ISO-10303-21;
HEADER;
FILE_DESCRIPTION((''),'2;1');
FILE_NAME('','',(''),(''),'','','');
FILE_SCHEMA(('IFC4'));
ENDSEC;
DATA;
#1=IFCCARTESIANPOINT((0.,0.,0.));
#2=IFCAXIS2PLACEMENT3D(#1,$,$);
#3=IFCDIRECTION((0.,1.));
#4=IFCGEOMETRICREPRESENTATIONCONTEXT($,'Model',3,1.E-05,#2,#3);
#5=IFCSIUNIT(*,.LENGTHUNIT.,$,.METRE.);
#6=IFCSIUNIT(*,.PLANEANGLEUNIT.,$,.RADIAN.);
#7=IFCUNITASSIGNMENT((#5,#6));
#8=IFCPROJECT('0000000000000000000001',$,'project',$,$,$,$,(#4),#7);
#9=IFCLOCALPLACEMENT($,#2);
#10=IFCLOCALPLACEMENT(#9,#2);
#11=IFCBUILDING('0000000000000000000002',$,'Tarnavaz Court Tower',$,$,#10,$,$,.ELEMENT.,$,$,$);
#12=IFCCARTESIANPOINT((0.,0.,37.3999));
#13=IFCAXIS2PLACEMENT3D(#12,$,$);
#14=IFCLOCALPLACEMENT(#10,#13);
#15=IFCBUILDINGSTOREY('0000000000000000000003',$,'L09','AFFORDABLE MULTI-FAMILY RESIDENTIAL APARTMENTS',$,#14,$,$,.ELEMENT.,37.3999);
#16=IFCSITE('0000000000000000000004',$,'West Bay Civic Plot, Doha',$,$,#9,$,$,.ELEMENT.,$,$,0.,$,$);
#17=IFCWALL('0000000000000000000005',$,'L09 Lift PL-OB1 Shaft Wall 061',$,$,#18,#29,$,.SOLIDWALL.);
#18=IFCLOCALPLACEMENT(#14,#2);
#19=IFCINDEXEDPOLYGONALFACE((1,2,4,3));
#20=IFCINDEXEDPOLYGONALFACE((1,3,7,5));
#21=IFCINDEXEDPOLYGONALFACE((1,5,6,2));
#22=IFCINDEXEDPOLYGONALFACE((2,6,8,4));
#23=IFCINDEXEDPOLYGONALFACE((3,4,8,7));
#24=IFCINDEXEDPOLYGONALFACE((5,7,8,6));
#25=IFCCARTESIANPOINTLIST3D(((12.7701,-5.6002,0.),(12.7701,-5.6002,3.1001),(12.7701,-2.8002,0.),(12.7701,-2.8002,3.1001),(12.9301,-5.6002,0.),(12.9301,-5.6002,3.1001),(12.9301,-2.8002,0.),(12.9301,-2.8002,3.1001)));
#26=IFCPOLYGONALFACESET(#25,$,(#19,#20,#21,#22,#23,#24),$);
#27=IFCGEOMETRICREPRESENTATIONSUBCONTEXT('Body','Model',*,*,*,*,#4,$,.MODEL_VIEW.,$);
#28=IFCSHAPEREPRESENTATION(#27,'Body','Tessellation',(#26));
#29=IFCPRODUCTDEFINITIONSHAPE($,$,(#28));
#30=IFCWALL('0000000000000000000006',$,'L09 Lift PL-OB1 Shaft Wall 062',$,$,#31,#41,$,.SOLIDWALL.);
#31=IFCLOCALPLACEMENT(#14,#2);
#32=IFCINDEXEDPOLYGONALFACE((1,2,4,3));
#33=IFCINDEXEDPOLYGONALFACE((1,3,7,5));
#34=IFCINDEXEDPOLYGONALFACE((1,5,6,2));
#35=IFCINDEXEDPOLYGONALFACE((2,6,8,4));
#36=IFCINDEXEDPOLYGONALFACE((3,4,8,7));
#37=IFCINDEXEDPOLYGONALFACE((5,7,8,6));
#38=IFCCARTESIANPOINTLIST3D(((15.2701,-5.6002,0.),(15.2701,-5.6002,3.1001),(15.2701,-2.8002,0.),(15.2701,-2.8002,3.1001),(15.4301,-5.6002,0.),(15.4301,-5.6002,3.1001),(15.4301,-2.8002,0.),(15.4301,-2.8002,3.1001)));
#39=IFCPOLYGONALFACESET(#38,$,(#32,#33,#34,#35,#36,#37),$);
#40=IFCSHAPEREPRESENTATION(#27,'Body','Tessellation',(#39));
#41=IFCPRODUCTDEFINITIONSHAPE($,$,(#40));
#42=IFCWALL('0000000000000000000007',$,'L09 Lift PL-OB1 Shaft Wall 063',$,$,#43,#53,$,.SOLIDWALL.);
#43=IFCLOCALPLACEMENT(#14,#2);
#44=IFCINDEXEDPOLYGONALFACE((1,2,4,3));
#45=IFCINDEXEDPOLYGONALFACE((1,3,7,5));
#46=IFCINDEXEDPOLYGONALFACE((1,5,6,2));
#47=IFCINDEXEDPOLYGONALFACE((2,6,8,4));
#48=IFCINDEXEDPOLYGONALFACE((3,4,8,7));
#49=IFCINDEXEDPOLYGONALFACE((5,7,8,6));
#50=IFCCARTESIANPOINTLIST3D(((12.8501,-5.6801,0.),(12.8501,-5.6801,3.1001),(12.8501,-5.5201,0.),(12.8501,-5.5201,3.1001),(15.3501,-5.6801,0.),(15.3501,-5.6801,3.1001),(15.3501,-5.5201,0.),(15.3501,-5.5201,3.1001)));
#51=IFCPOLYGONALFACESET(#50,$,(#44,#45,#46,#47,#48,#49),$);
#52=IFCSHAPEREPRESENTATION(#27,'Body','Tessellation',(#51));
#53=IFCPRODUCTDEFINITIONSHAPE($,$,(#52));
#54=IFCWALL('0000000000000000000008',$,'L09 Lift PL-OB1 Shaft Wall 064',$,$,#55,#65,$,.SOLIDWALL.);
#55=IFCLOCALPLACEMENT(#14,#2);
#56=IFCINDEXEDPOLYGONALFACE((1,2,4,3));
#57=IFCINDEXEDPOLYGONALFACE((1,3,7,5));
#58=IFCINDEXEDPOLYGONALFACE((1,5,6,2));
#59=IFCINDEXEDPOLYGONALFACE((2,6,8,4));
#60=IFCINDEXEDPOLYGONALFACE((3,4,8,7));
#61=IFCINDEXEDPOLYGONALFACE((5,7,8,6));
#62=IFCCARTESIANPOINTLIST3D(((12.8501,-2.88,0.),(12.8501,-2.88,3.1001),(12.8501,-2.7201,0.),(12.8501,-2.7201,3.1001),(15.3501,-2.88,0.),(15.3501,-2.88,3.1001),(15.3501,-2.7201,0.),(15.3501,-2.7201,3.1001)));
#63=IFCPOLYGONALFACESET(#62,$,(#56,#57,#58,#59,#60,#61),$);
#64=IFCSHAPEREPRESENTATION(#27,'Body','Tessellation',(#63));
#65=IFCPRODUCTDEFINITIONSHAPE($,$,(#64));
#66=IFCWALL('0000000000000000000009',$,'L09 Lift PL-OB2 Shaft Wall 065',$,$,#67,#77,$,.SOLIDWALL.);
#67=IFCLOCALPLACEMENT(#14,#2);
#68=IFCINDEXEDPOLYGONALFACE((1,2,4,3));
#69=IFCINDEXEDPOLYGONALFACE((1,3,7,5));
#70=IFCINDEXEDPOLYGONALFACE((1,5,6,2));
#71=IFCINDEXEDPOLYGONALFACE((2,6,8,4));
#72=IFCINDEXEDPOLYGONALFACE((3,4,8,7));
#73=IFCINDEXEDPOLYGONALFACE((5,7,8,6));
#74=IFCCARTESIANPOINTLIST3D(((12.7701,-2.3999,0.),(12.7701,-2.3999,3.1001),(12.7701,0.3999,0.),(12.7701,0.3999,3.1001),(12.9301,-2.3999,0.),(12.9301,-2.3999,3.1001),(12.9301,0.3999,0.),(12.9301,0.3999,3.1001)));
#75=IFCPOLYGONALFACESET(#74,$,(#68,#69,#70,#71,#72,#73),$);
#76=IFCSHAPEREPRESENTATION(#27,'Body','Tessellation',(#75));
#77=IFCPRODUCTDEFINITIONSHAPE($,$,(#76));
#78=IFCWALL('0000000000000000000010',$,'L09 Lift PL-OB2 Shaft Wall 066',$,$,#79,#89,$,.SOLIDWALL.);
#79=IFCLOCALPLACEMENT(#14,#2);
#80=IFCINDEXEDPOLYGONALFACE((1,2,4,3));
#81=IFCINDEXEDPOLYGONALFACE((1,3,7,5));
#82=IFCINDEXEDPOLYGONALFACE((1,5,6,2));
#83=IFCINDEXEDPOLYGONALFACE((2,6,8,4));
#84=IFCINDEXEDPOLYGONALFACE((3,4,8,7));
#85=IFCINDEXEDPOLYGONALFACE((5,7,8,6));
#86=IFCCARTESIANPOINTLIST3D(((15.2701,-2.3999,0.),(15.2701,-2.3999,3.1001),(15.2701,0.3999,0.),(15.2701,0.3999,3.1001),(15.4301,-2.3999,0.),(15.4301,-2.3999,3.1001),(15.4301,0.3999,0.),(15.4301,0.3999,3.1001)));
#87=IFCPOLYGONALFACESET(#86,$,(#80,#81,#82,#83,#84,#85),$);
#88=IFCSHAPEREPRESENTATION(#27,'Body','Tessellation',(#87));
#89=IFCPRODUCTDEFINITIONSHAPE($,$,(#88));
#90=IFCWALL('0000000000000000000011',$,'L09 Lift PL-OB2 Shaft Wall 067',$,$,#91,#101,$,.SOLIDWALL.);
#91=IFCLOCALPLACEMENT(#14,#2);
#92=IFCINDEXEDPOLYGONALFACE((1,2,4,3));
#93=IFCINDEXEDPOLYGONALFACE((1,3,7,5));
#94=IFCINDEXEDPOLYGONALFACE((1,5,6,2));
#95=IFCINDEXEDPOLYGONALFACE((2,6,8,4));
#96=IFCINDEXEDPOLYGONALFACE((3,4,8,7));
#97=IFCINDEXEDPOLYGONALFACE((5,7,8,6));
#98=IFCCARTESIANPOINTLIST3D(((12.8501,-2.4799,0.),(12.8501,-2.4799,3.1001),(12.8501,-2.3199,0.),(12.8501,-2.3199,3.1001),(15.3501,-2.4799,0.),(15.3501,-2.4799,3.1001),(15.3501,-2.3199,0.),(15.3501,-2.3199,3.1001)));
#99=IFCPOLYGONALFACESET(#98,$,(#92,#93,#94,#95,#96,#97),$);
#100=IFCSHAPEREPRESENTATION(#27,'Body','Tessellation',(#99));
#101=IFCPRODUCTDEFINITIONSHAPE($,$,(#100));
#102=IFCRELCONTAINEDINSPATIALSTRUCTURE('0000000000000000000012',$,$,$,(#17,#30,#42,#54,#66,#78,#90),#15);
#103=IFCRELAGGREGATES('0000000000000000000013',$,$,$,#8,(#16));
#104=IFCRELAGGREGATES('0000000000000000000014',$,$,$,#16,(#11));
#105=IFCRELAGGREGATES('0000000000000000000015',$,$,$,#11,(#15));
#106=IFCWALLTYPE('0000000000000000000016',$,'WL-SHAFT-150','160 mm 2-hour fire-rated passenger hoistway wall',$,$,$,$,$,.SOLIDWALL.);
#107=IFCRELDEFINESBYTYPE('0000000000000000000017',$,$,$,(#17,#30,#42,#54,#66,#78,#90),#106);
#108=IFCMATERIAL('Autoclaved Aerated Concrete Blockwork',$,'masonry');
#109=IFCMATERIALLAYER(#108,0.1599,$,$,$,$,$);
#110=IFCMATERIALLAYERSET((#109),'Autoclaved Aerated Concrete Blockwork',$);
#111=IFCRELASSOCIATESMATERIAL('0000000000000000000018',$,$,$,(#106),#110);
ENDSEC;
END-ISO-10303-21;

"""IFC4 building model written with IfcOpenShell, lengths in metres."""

from ifc_helpers import new_model, si_unit, direction, frame, frame_2d, origin, place, context, subcontext, project, spatial, rectangle, extrude, material, layer, layer_set, type_object, element, save


model = new_model("IFC4")

# Units and contexts
model_context = context("Model", 3, precision=1e-05, world=origin(), true_north=direction((0.0, 1.0)))
body_context = subcontext(model_context, "Body", "Model", "MODEL_VIEW")
ifc_project = project(units=[si_unit("LENGTHUNIT", "METRE"), si_unit("PLANEANGLEUNIT", "RADIAN")], contexts=[model_context])

# Site, building, storey
site_placement = place(None, origin())
site = spatial("IfcSite", under=ifc_project, at=site_placement, Name="West Bay Civic Plot, Doha", CompositionType="ELEMENT", RefElevation=0.0)
building_placement = place(site_placement, origin())
building = spatial("IfcBuilding", under=site, at=building_placement, Name="Tarnavaz Court Tower", CompositionType="ELEMENT")
storey_placement = place(building_placement, frame((0.0, 0.0, 37.3999)))
storey = spatial("IfcBuildingStorey", under=building, at=storey_placement, Name="L09", Description="AFFORDABLE MULTI-FAMILY RESIDENTIAL APARTMENTS", CompositionType="ELEMENT", Elevation=37.3999)

# Walls
ifc_material_1 = material(Name="Autoclaved Aerated Concrete Blockwork", Category="masonry")
ifc_layer_1 = layer(ifc_material_1, 0.1599)
ifc_layer_set_1 = layer_set([ifc_layer_1], Name="Autoclaved Aerated Concrete Blockwork")
wall_type_1 = type_object("IfcWallType", Name="WL-SHAFT-150", Description="160 mm 2-hour fire-rated passenger hoistway wall", PredefinedType="SOLIDWALL", material=ifc_layer_set_1)
for number, where, z_axis, x_axis, name in (
    (1, (12.8501, -5.6001, 0.0), (0.0, 0.0, 1.0), (0.0, 1.0, 0.0), "L09 Lift PL-OB1 Shaft Wall 061"),
    (2, (15.3501, -5.6001, 0.0), (0.0, 0.0, 1.0), (0.0, 1.0, 0.0), "L09 Lift PL-OB1 Shaft Wall 062"),
):
    element("IfcWall", number, at=place(storey_placement, frame(where, z_axis=z_axis, x_axis=x_axis)), inside=storey, type_object=wall_type_1, Name=name, PredefinedType="SOLIDWALL", context=body_context, shape_type="SweptSolid", body=[
        extrude(rectangle(XDim=2.8, YDim=0.1599, at=frame_2d((1.3999, 0.0))), origin(), (0.0, 0.0, 1.0), 3.1001),
    ])
for number, where, z_axis, x_axis, name in (
    (3, (12.8501, -5.6001, 0.0), (0.0, 0.0, 1.0), (1.0, 0.0, 0.0), "L09 Lift PL-OB1 Shaft Wall 063"),
    (4, (12.8501, -2.8, 0.0), (0.0, 0.0, 1.0), (1.0, 0.0, 0.0), "L09 Lift PL-OB1 Shaft Wall 064"),
):
    element("IfcWall", number, at=place(storey_placement, frame(where, z_axis=z_axis, x_axis=x_axis)), inside=storey, type_object=wall_type_1, Name=name, PredefinedType="SOLIDWALL", context=body_context, shape_type="SweptSolid", body=[
        extrude(rectangle(XDim=2.5, YDim=0.1599, at=frame_2d((1.25, 0.0))), origin(), (0.0, 0.0, 1.0), 3.1001),
    ])
for number, where, z_axis, x_axis, name in (
    (5, (12.8501, -2.3999, 0.0), (0.0, 0.0, 1.0), (0.0, 1.0, 0.0), "L09 Lift PL-OB2 Shaft Wall 065"),
    (6, (15.3501, -2.3999, 0.0), (0.0, 0.0, 1.0), (0.0, 1.0, 0.0), "L09 Lift PL-OB2 Shaft Wall 066"),
):
    element("IfcWall", number, at=place(storey_placement, frame(where, z_axis=z_axis, x_axis=x_axis)), inside=storey, type_object=wall_type_1, Name=name, PredefinedType="SOLIDWALL", context=body_context, shape_type="SweptSolid", body=[
        extrude(rectangle(XDim=2.7998, YDim=0.1599, at=frame_2d((1.3999, 0.0))), origin(), (0.0, 0.0, 1.0), 3.1001),
    ])
wall_1_placement = place(storey_placement, frame((12.8501, -2.3999, 0.0), z_axis=(0.0, 0.0, 1.0), x_axis=(1.0, 0.0, 0.0)))
element("IfcWall", 7, at=wall_1_placement, inside=storey, type_object=wall_type_1, Name="L09 Lift PL-OB2 Shaft Wall 067", PredefinedType="SOLIDWALL", context=body_context, shape_type="SweptSolid", body=[
    extrude(rectangle(XDim=2.5, YDim=0.1599, at=frame_2d((1.25, 0.0))), origin(), (0.0, 0.0, 1.0), 3.1001),
])

save(model, "model.ifc")
